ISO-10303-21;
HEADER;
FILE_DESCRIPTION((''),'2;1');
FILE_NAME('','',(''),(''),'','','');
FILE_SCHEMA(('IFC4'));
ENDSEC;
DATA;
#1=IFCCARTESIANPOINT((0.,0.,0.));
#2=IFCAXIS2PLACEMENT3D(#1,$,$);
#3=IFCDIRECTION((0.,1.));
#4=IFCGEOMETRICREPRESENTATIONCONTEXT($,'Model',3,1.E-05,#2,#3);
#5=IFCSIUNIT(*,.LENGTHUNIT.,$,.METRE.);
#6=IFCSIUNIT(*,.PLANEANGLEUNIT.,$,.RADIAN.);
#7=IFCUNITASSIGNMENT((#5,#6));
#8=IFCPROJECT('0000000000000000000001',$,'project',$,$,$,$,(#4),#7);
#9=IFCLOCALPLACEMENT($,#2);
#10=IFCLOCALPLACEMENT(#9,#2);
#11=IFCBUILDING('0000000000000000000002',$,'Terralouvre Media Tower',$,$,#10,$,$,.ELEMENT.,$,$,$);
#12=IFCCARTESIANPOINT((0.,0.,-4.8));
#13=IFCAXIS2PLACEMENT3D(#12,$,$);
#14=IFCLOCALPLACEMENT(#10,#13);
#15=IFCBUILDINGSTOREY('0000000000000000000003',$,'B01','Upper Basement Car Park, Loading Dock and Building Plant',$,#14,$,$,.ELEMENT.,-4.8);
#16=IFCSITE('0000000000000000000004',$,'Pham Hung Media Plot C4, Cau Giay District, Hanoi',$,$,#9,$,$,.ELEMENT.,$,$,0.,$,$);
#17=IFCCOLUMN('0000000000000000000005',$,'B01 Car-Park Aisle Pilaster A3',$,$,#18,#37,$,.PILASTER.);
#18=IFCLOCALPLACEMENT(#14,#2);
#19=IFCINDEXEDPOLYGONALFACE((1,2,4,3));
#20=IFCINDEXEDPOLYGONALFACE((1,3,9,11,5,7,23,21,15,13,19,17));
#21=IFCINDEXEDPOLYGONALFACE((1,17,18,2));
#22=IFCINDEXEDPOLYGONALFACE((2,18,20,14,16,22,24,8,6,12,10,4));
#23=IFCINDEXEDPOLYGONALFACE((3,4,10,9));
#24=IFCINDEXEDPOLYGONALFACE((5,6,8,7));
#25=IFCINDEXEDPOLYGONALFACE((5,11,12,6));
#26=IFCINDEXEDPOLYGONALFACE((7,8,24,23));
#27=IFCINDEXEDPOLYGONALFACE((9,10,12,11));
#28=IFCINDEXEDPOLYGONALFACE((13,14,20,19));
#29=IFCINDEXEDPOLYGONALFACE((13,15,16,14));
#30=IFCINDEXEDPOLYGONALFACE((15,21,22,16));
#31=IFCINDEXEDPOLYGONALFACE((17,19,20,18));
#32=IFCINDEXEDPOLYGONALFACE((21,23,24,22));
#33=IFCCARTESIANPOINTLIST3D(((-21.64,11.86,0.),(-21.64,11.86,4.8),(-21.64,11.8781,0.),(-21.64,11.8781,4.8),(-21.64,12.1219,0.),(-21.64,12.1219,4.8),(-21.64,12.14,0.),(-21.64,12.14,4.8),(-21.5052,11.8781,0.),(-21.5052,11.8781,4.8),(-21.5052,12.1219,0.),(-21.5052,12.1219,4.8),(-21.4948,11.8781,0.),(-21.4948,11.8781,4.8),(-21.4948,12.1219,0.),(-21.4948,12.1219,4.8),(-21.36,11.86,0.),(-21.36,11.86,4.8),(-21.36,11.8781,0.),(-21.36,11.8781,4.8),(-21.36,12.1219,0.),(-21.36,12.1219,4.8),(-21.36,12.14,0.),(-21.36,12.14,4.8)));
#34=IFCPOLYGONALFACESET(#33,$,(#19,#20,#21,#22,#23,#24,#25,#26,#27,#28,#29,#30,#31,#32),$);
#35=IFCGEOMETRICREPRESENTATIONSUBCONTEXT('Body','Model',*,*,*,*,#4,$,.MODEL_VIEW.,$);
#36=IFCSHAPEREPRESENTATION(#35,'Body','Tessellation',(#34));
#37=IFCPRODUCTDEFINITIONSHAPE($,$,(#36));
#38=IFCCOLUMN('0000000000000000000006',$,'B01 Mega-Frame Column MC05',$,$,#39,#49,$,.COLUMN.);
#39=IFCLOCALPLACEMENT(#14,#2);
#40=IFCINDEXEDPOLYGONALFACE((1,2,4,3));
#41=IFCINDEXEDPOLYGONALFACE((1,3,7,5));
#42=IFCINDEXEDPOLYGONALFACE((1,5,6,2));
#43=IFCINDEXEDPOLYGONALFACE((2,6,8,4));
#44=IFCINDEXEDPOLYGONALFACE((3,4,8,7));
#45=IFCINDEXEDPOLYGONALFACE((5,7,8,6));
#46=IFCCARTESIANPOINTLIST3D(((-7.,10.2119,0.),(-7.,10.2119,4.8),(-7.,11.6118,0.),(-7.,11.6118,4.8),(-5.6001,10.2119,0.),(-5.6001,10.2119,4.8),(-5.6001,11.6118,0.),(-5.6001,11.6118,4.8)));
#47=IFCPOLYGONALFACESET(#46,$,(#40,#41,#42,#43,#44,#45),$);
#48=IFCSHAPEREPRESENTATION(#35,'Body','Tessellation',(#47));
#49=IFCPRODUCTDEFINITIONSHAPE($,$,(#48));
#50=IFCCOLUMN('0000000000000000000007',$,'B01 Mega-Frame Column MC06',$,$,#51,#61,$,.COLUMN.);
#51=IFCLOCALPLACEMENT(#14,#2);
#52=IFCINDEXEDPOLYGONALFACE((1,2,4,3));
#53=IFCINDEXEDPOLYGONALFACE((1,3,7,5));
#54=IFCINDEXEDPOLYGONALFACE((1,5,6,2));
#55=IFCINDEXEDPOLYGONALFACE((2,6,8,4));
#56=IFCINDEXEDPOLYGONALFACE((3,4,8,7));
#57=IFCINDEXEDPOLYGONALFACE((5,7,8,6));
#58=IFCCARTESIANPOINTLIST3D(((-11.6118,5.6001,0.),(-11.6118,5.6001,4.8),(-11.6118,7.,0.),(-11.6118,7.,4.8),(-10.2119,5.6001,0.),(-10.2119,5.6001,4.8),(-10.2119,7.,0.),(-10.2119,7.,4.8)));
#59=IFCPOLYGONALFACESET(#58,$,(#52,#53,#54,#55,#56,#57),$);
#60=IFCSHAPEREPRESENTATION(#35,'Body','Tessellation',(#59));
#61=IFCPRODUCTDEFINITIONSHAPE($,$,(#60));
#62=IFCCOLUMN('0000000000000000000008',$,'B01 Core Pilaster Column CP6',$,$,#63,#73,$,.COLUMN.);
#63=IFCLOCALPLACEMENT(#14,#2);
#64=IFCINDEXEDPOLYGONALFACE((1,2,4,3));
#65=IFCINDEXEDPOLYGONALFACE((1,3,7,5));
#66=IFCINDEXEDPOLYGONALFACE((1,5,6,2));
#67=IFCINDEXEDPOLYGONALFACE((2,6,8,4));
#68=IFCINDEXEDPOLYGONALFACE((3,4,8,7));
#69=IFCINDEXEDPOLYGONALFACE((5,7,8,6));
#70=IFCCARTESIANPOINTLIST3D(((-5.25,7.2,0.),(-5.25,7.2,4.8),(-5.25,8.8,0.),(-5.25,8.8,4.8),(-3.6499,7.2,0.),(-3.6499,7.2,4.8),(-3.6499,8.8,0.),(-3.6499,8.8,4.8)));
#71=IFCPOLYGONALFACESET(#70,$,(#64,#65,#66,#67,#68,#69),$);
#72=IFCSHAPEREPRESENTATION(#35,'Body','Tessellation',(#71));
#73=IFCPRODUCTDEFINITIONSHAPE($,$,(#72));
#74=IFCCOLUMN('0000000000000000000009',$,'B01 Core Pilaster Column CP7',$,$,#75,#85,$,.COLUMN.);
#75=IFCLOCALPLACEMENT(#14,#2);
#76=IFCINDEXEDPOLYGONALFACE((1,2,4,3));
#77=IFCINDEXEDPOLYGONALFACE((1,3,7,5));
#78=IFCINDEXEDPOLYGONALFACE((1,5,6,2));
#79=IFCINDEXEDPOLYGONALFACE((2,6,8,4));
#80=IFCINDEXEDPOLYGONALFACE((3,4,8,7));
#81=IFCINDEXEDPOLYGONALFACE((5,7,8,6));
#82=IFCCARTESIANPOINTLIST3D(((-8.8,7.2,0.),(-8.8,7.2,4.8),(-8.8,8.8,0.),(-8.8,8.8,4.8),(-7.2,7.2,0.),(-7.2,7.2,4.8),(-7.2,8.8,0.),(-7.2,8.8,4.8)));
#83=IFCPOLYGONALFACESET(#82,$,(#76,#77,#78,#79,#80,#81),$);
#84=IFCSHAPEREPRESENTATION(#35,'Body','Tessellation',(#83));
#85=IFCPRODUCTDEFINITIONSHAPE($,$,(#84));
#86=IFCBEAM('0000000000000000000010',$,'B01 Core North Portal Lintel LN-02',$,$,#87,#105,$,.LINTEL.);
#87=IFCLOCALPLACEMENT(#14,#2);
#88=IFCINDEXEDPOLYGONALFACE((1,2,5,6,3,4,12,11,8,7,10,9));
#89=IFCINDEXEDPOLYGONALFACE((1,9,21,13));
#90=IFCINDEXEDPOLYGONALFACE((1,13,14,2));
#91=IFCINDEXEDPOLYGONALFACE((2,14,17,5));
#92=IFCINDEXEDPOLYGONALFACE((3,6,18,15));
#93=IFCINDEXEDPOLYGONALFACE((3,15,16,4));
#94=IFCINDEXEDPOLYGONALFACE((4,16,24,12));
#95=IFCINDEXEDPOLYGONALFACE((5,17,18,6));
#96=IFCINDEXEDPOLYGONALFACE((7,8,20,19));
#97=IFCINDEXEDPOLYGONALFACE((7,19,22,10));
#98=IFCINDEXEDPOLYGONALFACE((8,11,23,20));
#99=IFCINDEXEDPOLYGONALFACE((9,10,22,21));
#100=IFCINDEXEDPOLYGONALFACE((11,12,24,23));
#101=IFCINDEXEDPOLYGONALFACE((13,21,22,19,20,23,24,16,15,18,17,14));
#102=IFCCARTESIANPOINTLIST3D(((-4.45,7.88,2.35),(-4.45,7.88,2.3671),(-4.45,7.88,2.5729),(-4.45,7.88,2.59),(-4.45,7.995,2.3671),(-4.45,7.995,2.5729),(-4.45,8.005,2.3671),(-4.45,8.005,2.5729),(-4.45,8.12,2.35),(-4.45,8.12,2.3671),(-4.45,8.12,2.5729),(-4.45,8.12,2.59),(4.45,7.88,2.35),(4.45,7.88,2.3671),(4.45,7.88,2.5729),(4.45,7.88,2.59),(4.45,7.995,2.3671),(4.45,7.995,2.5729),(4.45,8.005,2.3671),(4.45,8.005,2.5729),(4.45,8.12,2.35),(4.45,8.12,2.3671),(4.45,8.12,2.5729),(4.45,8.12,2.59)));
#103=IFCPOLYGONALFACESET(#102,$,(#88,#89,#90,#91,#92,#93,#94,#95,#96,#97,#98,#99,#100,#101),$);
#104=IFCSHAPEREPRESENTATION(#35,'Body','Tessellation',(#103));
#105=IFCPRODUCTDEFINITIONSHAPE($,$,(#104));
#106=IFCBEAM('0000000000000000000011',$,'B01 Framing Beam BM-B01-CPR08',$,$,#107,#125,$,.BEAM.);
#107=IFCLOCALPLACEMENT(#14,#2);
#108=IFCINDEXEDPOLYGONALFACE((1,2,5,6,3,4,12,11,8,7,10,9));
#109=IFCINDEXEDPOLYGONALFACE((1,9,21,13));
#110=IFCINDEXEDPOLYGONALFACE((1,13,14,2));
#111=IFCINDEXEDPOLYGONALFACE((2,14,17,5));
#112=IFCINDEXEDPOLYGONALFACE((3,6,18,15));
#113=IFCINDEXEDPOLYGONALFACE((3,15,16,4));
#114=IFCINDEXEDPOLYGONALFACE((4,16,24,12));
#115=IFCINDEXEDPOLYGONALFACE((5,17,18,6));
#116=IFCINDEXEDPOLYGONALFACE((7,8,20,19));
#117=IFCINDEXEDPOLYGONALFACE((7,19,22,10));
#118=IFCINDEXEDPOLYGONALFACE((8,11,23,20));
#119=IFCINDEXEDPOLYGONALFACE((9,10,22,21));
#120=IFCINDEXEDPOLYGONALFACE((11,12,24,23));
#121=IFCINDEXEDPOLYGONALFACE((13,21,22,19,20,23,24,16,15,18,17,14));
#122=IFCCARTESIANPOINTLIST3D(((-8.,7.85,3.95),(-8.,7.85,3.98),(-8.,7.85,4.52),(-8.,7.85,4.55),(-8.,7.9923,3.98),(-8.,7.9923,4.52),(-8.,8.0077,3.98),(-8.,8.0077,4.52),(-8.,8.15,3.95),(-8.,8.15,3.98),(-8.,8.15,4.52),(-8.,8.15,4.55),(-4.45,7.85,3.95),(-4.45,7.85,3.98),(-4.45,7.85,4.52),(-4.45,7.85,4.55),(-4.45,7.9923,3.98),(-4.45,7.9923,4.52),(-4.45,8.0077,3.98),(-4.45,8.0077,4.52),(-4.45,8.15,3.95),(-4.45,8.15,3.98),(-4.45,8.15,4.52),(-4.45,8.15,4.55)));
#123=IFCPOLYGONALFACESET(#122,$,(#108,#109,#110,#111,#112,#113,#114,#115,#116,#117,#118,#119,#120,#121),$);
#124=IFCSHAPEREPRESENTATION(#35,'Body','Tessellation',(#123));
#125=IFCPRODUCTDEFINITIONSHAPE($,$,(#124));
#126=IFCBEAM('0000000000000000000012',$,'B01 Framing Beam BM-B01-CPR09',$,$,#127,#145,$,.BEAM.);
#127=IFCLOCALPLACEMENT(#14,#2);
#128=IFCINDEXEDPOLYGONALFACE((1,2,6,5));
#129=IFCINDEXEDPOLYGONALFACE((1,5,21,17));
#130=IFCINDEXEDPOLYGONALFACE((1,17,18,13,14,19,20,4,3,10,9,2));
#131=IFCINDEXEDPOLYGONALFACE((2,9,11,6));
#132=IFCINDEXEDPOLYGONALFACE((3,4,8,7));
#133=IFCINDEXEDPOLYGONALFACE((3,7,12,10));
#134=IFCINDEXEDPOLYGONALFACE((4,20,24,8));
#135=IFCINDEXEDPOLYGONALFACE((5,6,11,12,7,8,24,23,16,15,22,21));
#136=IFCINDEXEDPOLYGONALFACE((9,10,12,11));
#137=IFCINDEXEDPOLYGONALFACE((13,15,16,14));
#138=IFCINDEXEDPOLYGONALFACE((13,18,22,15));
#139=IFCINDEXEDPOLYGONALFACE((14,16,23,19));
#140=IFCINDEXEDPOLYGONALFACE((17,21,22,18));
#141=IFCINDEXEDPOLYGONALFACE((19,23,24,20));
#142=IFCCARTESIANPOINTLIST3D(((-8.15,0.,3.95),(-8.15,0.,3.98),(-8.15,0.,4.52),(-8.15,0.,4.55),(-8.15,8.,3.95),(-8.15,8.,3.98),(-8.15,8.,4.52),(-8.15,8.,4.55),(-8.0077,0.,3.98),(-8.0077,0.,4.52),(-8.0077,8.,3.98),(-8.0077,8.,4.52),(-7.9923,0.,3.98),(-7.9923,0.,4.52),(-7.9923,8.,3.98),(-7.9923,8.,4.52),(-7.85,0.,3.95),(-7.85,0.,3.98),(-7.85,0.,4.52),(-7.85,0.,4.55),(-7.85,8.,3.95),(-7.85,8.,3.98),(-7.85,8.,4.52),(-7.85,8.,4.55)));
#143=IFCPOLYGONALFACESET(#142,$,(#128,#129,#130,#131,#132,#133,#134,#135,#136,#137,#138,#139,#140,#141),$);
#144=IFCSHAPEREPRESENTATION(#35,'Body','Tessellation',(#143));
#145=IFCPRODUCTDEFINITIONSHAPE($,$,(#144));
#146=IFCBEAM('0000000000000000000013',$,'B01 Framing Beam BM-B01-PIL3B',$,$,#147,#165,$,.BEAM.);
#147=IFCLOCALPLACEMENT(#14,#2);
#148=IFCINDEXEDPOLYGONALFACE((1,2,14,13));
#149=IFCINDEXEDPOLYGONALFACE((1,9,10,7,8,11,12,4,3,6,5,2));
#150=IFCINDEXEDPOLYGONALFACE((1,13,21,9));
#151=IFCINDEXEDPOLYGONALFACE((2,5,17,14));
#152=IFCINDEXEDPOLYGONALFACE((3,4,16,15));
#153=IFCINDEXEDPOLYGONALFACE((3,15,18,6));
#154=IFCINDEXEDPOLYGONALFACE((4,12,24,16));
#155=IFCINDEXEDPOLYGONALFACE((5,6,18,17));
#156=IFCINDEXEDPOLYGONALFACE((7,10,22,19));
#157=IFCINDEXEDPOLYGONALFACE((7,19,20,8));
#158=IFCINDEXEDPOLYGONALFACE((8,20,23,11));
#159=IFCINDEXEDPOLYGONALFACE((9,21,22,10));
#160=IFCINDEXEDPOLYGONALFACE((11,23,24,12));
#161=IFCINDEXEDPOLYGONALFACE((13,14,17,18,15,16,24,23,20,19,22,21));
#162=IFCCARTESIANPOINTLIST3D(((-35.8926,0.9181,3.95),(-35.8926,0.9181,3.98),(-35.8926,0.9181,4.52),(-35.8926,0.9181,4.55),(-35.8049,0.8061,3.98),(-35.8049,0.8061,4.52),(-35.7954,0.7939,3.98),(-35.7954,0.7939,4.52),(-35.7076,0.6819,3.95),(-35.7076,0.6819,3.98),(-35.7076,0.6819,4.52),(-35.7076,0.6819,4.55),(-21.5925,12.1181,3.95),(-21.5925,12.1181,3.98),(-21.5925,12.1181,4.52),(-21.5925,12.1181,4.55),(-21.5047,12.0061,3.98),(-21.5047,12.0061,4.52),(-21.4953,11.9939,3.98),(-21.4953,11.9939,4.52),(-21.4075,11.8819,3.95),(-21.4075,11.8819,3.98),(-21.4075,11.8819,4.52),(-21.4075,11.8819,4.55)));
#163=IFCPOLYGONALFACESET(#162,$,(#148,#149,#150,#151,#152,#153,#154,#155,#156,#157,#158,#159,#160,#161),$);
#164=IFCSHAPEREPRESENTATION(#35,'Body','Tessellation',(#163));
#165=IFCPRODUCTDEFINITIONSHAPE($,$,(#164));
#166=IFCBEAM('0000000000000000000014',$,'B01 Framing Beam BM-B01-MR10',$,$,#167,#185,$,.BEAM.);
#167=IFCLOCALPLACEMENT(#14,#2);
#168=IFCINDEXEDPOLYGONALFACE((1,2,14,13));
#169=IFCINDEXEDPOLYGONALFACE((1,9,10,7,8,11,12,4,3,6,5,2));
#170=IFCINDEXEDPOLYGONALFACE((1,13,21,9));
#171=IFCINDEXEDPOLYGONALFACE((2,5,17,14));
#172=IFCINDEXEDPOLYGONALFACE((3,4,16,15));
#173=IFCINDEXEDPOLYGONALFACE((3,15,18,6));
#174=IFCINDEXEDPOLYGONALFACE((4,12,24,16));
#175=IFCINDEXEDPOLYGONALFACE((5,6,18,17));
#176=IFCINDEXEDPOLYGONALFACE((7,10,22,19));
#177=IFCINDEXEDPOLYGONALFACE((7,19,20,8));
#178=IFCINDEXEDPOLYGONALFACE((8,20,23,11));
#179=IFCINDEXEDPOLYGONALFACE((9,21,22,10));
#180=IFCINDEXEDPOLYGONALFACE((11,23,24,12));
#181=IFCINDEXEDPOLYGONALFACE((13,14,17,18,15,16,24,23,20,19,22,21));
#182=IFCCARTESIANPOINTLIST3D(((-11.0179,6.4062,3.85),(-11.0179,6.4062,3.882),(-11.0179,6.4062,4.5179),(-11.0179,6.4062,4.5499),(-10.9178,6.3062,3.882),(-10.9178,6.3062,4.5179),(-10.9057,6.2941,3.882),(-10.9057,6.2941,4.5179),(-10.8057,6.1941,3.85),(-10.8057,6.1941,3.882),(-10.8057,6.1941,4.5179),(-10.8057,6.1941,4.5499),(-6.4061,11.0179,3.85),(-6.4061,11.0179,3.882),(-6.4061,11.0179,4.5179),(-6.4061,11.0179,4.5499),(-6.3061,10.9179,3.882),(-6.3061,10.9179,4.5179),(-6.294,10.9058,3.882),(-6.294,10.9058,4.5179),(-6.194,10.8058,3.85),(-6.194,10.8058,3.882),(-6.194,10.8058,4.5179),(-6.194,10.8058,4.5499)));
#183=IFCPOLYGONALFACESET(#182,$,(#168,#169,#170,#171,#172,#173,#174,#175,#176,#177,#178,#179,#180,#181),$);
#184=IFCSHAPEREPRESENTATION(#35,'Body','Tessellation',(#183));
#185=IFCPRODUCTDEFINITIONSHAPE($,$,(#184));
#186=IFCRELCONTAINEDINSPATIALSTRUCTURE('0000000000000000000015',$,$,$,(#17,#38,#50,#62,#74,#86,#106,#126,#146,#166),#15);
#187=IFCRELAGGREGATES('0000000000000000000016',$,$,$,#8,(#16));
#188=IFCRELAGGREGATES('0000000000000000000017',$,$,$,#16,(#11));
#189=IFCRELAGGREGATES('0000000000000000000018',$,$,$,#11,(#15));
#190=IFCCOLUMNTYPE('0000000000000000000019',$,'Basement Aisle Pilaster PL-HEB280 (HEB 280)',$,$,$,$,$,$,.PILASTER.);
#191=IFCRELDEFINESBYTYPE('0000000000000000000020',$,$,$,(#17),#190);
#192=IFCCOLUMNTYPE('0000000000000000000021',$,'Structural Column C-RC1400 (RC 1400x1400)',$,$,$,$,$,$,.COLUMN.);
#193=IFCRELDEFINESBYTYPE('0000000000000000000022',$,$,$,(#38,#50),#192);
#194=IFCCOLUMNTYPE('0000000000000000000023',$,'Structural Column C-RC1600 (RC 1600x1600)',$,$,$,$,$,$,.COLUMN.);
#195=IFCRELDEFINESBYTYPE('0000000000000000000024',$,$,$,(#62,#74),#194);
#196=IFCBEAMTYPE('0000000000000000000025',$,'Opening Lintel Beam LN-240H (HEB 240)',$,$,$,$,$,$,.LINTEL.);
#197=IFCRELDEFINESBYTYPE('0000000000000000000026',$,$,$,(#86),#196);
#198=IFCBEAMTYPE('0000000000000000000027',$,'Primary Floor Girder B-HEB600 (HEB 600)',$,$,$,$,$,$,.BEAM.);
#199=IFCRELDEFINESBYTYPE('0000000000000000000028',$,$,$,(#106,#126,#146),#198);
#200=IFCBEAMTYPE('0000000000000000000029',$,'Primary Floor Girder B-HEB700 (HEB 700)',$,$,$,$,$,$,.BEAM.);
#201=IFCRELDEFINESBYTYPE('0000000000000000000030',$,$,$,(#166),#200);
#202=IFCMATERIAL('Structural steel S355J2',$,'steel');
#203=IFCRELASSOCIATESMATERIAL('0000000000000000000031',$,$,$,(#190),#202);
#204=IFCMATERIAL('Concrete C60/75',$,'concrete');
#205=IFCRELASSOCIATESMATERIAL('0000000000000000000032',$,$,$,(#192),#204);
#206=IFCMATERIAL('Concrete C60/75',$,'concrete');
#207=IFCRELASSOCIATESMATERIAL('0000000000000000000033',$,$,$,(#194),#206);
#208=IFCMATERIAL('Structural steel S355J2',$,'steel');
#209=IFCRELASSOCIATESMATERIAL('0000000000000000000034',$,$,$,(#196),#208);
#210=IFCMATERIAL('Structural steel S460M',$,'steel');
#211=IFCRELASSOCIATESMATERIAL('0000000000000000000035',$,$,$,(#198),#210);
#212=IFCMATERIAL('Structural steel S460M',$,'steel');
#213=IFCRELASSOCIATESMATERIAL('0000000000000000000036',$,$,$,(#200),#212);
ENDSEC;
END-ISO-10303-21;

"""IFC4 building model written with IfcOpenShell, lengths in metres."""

from ifc_helpers import new_model, si_unit, direction, frame, origin, origin_2d, place, context, subcontext, project, spatial, rectangle, i_section, extrude, material, material_profile, profile_set, type_object, element, save


model = new_model("IFC4")

# Units and contexts
model_context = context("Model", 3, precision=1e-05, world=origin(), true_north=direction((0.0, 1.0)))
body_context = subcontext(model_context, "Body", "Model", "MODEL_VIEW")
ifc_project = project(units=[si_unit("LENGTHUNIT", "METRE"), si_unit("PLANEANGLEUNIT", "RADIAN")], contexts=[model_context])

# Site, building, storey
site_placement = place(None, origin())
site = spatial("IfcSite", under=ifc_project, at=site_placement, Name="Pham Hung Media Plot C4, Cau Giay District, Hanoi", CompositionType="ELEMENT", RefElevation=0.0)
building_placement = place(site_placement, origin())
building = spatial("IfcBuilding", under=site, at=building_placement, Name="Terralouvre Media Tower", CompositionType="ELEMENT")
storey_placement = place(building_placement, frame((0.0, 0.0, -4.8)))
storey = spatial("IfcBuildingStorey", under=building, at=storey_placement, Name="B01", Description="Upper Basement Car Park, Loading Dock and Building Plant", CompositionType="ELEMENT", Elevation=-4.8)

# Columns
ifc_material_1 = material(Name="Structural steel S355J2", Category="steel")
ifc_material_profile_1 = material_profile(ifc_material_1, i_section(OverallWidth=0.28, OverallDepth=0.28, WebThickness=0.0105, FlangeThickness=0.0181, at=origin_2d()), Name="HEB 280")
ifc_profile_set_1 = profile_set([ifc_material_profile_1], Name="Structural steel S355J2")
column_type_1 = type_object("IfcColumnType", Name="Basement Aisle Pilaster PL-HEB280 (HEB 280)", PredefinedType="PILASTER", material=ifc_profile_set_1)
column_placement = place(storey_placement, frame((-21.5, 12.0, 0.0), z_axis=(0.0, 0.0, 1.0), x_axis=(1.0, 0.0, 0.0)))
element("IfcColumn", 1, at=column_placement, inside=storey, type_object=column_type_1, Name="B01 Car-Park Aisle Pilaster A3", PredefinedType="PILASTER", context=body_context, shape_type="SweptSolid", body=[
    extrude(i_section(OverallWidth=0.28, OverallDepth=0.28, WebThickness=0.0105, FlangeThickness=0.0181, at=origin_2d()), origin(), (0.0, 0.0, 1.0), 4.8),
])
ifc_material_2 = material(Name="Concrete C60/75", Category="concrete")
ifc_material_profile_2 = material_profile(ifc_material_2, rectangle(XDim=1.3999, YDim=1.3999, at=origin_2d()), Name="RC 1400x1400")
ifc_profile_set_2 = profile_set([ifc_material_profile_2], Name="Concrete C60/75")
column_type_2 = type_object("IfcColumnType", Name="Structural Column C-RC1400 (RC 1400x1400)", PredefinedType="COLUMN", material=ifc_profile_set_2)
for number, where, z_axis, x_axis, name in (
    (2, (-6.3, 10.9119, 0.0), (0.0, 0.0, 1.0), (1.0, 0.0, 0.0), "B01 Mega-Frame Column MC05"),
    (3, (-10.9119, 6.3, 0.0), (0.0, 0.0, 1.0), (1.0, 0.0, 0.0), "B01 Mega-Frame Column MC06"),
):
    element("IfcColumn", number, at=place(storey_placement, frame(where, z_axis=z_axis, x_axis=x_axis)), inside=storey, type_object=column_type_2, Name=name, PredefinedType="COLUMN", context=body_context, shape_type="SweptSolid", body=[
        extrude(rectangle(XDim=1.3999, YDim=1.3999, at=origin_2d()), origin(), (0.0, 0.0, 1.0), 4.8),
    ])
ifc_material_3 = material(Name="Concrete C60/75", Category="concrete")
ifc_material_profile_3 = material_profile(ifc_material_3, rectangle(XDim=1.6001, YDim=1.6001, at=origin_2d()), Name="RC 1600x1600")
ifc_profile_set_3 = profile_set([ifc_material_profile_3], Name="Concrete C60/75")
column_type_3 = type_object("IfcColumnType", Name="Structural Column C-RC1600 (RC 1600x1600)", PredefinedType="COLUMN", material=ifc_profile_set_3)
for number, where, z_axis, x_axis, name in (
    (4, (-4.45, 8.0, 0.0), (0.0, 0.0, 1.0), (1.0, 0.0, 0.0), "B01 Core Pilaster Column CP6"),
    (5, (-8.0, 8.0, 0.0), (0.0, 0.0, 1.0), (1.0, 0.0, 0.0), "B01 Core Pilaster Column CP7"),
):
    element("IfcColumn", number, at=place(storey_placement, frame(where, z_axis=z_axis, x_axis=x_axis)), inside=storey, type_object=column_type_3, Name=name, PredefinedType="COLUMN", context=body_context, shape_type="SweptSolid", body=[
        extrude(rectangle(XDim=1.6001, YDim=1.6001, at=origin_2d()), origin(), (0.0, 0.0, 1.0), 4.8),
    ])

# Beams
ifc_material_4 = material(Name="Structural steel S355J2", Category="steel")
ifc_material_profile_4 = material_profile(ifc_material_4, i_section(OverallWidth=0.24, OverallDepth=0.24, WebThickness=0.01, FlangeThickness=0.0171, at=origin_2d()), Name="HEB 240")
ifc_profile_set_4 = profile_set([ifc_material_profile_4], Name="Structural steel S355J2")
beam_type_1 = type_object("IfcBeamType", Name="Opening Lintel Beam LN-240H (HEB 240)", PredefinedType="LINTEL", material=ifc_profile_set_4)
beam_1_placement = place(storey_placement, frame((-4.45, 8.0, 2.47), z_axis=(1.0, 0.0, 0.0), x_axis=(0.0, 1.0, 0.0)))
element("IfcBeam", 6, at=beam_1_placement, inside=storey, type_object=beam_type_1, Name="B01 Core North Portal Lintel LN-02", PredefinedType="LINTEL", context=body_context, shape_type="SweptSolid", body=[
    extrude(i_section(OverallWidth=0.24, OverallDepth=0.24, WebThickness=0.01, FlangeThickness=0.0171, at=origin_2d()), origin(), (0.0, 0.0, 1.0), 8.8999),
])
ifc_material_5 = material(Name="Structural steel S460M", Category="steel")
ifc_material_profile_5 = material_profile(ifc_material_5, i_section(OverallWidth=0.3, OverallDepth=0.6001, WebThickness=0.0154, FlangeThickness=0.03, at=origin_2d()), Name="HEB 600")
ifc_profile_set_5 = profile_set([ifc_material_profile_5], Name="Structural steel S460M")
beam_type_2 = type_object("IfcBeamType", Name="Primary Floor Girder B-HEB600 (HEB 600)", PredefinedType="BEAM", material=ifc_profile_set_5)
beam_2_placement = place(storey_placement, frame((-4.45, 8.0, 4.25), z_axis=(-1.0, 0.0, 0.0), x_axis=(0.0, -1.0, 0.0)))
element("IfcBeam", 7, at=beam_2_placement, inside=storey, type_object=beam_type_2, Name="B01 Framing Beam BM-B01-CPR08", PredefinedType="BEAM", context=body_context, shape_type="SweptSolid", body=[
    extrude(i_section(OverallWidth=0.3, OverallDepth=0.6001, WebThickness=0.0154, FlangeThickness=0.03, at=origin_2d()), origin(), (0.0, 0.0, 1.0), 3.55),
])
beam_3_placement = place(storey_placement, frame((-8.0, 8.0, 4.25), z_axis=(0.0, -1.0, 0.0), x_axis=(1.0, 0.0, 0.0)))
element("IfcBeam", 8, at=beam_3_placement, inside=storey, type_object=beam_type_2, Name="B01 Framing Beam BM-B01-CPR09", PredefinedType="BEAM", context=body_context, shape_type="SweptSolid", body=[
    extrude(i_section(OverallWidth=0.3, OverallDepth=0.6001, WebThickness=0.0154, FlangeThickness=0.03, at=origin_2d()), origin(), (0.0, 0.0, 1.0), 8.0),
])
beam_4_placement = place(storey_placement, frame((-21.5, 12.0, 4.25), z_axis=(-0.787275, -0.616602, 0.0), x_axis=(0.616602, -0.787275, 0.0)))
element("IfcBeam", 9, at=beam_4_placement, inside=storey, type_object=beam_type_2, Name="B01 Framing Beam BM-B01-PIL3B", PredefinedType="BEAM", context=body_context, shape_type="SweptSolid", body=[
    extrude(i_section(OverallWidth=0.3, OverallDepth=0.6001, WebThickness=0.0154, FlangeThickness=0.03, at=origin_2d()), origin(), (0.0, 0.0, 1.0), 18.1641),
])
ifc_material_6 = material(Name="Structural steel S460M", Category="steel")
ifc_material_profile_6 = material_profile(ifc_material_6, i_section(OverallWidth=0.3, OverallDepth=0.7, WebThickness=0.0171, FlangeThickness=0.032, at=origin_2d()), Name="HEB 700")
ifc_profile_set_6 = profile_set([ifc_material_profile_6], Name="Structural steel S460M")
beam_type_3 = type_object("IfcBeamType", Name="Primary Floor Girder B-HEB700 (HEB 700)", PredefinedType="BEAM", material=ifc_profile_set_6)
beam_5_placement = place(storey_placement, frame((-6.3, 10.9119, 4.2), z_axis=(-0.707107, -0.707107, 0.0), x_axis=(0.707107, -0.707107, 0.0)))
element("IfcBeam", 10, at=beam_5_placement, inside=storey, type_object=beam_type_3, Name="B01 Framing Beam BM-B01-MR10", PredefinedType="BEAM", context=body_context, shape_type="SweptSolid", body=[
    extrude(i_section(OverallWidth=0.3, OverallDepth=0.7, WebThickness=0.0171, FlangeThickness=0.032, at=origin_2d()), origin(), (0.0, 0.0, 1.0), 6.522),
])

save(model, "model.ifc")
